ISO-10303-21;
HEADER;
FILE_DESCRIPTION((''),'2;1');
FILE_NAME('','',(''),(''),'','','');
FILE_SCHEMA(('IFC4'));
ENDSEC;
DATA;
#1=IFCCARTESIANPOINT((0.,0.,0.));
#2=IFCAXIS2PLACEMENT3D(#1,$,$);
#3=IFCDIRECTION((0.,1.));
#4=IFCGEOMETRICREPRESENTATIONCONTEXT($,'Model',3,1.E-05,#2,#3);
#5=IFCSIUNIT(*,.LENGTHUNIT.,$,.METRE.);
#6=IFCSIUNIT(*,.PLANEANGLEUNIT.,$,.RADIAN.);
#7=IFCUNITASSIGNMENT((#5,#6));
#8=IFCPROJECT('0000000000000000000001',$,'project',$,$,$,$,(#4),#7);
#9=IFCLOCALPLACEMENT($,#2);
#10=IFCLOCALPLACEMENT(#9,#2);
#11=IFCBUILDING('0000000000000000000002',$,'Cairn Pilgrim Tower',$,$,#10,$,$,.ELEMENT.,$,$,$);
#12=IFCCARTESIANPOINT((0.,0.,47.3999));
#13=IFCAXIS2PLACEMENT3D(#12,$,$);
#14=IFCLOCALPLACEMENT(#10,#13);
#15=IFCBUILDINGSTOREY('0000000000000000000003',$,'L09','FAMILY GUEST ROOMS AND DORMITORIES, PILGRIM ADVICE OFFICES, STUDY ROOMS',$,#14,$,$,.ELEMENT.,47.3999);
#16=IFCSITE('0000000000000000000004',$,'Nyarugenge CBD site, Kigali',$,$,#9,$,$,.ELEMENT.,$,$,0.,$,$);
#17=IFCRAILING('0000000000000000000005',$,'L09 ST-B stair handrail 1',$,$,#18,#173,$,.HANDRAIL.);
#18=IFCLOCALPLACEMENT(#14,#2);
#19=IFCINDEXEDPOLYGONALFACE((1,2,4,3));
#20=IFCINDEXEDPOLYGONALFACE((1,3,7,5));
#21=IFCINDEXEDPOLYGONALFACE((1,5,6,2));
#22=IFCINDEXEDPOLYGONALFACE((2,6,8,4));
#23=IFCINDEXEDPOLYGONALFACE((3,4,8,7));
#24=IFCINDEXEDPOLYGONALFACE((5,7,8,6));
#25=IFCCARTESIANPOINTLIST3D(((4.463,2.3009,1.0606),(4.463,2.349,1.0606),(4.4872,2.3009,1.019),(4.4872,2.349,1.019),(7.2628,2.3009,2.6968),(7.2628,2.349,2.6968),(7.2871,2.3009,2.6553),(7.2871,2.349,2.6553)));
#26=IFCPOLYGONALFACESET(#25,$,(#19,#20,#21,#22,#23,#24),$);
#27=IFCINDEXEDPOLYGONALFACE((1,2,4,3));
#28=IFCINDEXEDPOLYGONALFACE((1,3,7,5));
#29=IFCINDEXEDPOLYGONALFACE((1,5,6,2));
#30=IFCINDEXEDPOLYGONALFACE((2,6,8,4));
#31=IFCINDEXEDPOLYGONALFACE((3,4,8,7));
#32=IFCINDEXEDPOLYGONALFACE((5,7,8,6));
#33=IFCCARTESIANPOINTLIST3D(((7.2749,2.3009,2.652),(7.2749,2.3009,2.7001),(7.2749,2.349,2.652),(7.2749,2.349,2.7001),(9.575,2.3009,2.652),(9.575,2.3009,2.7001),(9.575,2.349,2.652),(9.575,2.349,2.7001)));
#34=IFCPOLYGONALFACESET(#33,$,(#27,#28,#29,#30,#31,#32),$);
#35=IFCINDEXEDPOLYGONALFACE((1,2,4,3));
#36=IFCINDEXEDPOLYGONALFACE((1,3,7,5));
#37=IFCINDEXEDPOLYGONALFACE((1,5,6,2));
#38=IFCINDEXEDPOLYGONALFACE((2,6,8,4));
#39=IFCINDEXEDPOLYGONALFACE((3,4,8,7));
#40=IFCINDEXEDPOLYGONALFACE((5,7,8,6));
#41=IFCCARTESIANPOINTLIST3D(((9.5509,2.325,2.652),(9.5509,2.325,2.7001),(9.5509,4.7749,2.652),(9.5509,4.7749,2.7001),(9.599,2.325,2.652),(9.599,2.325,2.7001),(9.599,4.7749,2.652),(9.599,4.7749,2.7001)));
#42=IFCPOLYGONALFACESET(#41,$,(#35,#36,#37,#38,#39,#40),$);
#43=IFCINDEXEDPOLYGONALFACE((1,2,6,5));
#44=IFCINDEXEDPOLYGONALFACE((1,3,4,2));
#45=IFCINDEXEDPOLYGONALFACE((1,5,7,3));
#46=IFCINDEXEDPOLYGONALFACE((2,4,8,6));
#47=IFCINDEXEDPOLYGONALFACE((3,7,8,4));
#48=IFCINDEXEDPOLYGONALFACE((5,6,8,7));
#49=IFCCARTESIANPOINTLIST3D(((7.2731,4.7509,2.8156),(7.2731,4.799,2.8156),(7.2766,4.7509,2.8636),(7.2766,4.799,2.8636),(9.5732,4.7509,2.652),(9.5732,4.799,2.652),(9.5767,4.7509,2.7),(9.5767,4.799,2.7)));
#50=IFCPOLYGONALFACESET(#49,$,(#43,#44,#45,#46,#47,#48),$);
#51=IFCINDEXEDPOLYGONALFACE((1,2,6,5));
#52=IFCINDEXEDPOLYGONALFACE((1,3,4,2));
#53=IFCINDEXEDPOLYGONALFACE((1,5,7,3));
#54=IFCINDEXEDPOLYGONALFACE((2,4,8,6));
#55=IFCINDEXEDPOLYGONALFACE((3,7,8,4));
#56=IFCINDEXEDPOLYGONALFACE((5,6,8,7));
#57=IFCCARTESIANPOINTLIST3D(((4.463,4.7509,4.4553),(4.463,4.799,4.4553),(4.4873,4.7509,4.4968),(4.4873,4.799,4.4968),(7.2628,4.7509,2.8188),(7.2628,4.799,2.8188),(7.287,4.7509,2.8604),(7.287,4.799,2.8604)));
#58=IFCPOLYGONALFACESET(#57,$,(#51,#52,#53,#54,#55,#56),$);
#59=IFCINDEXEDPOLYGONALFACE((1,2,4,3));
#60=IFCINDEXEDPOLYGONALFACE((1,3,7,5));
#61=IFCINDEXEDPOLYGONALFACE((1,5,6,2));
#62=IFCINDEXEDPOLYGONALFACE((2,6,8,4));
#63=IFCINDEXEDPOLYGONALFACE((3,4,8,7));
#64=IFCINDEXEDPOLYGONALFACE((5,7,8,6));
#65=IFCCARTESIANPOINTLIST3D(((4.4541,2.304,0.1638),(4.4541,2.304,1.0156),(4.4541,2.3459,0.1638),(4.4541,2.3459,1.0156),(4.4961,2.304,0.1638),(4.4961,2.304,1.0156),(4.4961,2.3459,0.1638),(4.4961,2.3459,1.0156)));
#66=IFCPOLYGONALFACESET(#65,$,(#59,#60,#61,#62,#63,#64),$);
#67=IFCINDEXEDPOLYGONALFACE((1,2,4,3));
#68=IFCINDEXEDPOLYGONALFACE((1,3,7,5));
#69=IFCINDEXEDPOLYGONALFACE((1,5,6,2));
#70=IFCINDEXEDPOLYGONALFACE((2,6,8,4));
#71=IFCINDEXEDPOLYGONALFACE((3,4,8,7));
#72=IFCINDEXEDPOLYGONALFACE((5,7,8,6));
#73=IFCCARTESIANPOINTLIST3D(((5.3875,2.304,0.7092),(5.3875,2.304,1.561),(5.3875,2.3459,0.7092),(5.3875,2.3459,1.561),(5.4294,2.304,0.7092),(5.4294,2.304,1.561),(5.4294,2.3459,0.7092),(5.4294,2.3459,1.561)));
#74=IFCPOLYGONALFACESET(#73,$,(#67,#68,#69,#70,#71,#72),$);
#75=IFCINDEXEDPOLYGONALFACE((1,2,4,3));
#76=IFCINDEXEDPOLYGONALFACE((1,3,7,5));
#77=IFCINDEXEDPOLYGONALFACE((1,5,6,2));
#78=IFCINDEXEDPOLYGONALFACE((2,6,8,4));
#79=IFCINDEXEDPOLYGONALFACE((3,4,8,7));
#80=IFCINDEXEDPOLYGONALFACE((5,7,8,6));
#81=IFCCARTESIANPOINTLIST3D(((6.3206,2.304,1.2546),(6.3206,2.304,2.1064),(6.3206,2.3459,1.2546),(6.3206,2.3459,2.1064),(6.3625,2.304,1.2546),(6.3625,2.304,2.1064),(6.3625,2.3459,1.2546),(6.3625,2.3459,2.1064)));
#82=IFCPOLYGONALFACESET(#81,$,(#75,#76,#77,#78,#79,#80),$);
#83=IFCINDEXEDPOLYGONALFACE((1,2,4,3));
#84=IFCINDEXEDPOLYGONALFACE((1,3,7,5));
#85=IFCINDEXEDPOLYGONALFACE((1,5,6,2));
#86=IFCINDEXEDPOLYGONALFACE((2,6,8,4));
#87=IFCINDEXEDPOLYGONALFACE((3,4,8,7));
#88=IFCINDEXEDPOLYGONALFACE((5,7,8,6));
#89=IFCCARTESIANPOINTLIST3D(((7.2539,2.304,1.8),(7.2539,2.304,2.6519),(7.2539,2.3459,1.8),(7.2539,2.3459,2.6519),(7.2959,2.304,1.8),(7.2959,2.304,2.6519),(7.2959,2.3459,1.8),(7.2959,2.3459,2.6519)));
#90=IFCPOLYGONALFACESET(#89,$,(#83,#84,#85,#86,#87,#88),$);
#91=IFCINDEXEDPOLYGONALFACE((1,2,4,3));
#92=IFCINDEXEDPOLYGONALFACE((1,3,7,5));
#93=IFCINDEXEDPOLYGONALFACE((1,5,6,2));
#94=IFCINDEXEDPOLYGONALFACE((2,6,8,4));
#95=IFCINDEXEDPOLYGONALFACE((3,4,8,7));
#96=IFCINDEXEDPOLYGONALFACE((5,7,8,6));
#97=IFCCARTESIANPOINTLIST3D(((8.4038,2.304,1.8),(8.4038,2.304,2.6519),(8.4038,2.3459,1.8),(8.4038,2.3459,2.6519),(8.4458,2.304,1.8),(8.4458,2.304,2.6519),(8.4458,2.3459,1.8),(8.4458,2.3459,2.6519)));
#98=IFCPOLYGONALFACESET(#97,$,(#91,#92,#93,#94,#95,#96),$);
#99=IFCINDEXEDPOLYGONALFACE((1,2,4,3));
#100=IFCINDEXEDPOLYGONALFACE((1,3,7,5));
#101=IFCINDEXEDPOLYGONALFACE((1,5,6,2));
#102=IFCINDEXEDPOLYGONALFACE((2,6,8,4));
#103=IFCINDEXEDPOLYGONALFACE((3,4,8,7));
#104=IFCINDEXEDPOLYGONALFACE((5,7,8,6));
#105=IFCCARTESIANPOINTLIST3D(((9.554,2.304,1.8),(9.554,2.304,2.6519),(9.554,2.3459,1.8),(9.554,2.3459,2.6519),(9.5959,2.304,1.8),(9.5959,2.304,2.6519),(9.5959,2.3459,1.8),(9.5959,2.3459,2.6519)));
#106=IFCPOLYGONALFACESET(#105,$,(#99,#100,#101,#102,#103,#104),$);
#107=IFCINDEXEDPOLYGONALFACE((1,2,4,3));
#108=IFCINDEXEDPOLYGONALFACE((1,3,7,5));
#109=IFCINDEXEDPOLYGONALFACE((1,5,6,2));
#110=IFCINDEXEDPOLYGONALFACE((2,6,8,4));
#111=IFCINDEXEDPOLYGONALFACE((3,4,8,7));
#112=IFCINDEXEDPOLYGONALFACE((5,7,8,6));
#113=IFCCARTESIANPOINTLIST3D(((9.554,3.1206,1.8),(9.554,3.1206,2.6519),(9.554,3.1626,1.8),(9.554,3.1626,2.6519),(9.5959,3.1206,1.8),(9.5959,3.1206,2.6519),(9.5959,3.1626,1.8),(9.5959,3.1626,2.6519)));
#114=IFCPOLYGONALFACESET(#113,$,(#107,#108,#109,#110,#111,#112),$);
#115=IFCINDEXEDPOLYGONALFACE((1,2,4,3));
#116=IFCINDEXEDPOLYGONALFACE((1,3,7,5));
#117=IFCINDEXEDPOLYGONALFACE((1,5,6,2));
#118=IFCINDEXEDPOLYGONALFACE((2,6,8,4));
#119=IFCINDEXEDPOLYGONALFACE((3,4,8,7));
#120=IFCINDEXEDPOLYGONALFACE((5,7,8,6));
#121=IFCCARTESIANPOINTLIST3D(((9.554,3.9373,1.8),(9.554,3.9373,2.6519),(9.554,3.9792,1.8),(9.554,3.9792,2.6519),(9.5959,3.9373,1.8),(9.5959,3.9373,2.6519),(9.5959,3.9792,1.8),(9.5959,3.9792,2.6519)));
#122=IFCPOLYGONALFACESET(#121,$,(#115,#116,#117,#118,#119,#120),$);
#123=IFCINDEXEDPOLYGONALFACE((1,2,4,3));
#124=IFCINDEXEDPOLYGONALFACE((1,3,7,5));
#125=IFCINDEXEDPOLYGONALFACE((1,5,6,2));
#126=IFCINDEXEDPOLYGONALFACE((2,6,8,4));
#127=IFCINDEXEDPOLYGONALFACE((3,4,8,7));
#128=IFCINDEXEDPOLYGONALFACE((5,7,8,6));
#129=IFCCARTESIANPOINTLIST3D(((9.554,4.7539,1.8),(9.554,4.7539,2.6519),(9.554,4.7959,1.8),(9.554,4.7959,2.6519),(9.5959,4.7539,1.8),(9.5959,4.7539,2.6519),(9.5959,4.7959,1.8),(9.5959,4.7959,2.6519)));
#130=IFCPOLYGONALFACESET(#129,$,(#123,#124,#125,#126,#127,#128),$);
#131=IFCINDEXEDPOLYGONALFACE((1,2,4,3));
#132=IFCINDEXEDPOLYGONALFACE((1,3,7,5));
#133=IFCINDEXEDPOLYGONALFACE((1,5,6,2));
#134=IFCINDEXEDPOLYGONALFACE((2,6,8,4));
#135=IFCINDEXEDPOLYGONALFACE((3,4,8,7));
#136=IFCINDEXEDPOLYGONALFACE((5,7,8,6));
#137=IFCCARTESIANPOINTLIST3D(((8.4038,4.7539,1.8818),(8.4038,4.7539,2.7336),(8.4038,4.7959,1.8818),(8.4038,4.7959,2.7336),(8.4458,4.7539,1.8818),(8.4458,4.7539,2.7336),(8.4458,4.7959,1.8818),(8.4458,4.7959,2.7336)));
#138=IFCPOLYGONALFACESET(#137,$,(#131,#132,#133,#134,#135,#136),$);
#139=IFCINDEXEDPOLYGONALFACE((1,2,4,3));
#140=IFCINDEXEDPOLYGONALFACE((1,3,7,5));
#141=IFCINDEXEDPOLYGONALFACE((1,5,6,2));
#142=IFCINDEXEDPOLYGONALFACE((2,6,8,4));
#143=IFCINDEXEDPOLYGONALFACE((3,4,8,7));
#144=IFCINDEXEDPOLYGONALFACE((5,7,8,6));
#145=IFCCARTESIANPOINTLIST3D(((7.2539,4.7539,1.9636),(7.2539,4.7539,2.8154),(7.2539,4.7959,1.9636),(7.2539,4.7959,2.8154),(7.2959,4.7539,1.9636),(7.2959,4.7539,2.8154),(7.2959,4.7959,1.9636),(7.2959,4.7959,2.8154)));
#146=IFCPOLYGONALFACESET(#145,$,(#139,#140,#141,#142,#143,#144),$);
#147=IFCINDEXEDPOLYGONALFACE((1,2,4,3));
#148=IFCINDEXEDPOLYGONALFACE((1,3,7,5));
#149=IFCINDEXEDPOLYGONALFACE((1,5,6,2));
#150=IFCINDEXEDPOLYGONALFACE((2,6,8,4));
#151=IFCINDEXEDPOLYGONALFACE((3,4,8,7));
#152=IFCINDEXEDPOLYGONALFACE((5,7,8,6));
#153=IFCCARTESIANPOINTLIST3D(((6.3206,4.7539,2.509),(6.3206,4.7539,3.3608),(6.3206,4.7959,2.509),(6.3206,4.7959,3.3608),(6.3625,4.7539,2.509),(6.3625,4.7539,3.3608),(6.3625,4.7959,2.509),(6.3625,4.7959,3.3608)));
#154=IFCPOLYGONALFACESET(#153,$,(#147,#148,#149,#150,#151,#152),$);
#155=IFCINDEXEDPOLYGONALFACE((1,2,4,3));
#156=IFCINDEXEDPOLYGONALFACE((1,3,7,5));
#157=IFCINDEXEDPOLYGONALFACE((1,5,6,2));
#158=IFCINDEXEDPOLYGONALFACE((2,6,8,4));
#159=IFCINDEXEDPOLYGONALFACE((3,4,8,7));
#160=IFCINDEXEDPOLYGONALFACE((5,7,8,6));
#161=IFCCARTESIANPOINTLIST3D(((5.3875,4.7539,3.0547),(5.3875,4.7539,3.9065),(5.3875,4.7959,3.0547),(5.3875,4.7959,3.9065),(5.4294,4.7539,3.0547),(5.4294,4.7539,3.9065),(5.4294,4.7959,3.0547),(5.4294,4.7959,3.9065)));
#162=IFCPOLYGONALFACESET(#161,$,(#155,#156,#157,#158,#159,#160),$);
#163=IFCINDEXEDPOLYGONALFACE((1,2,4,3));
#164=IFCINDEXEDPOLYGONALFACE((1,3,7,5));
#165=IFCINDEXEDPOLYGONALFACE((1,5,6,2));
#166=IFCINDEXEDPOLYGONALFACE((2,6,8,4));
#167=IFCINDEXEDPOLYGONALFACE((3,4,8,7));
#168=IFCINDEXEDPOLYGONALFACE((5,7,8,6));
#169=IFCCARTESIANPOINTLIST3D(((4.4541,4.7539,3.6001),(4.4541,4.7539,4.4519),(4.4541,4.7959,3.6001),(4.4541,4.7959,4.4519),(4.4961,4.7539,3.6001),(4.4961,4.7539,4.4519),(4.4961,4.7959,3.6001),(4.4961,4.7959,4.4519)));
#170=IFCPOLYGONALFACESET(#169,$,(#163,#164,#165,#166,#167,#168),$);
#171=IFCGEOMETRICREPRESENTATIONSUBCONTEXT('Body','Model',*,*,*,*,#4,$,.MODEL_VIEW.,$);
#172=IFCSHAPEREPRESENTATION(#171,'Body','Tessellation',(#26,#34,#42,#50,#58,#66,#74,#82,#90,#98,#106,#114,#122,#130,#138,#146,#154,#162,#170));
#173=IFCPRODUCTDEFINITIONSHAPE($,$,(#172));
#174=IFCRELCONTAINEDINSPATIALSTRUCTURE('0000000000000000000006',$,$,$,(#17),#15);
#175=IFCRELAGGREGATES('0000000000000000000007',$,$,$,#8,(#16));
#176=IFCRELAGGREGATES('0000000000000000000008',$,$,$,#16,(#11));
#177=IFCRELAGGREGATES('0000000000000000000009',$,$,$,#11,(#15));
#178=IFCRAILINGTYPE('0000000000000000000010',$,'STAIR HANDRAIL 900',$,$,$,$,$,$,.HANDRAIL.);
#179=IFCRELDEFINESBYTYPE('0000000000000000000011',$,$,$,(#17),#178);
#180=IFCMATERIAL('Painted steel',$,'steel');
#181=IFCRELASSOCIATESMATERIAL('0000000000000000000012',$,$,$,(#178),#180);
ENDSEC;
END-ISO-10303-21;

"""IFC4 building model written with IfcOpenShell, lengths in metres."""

from ifc_helpers import new_model, si_unit, direction, frame, origin, origin_2d, place, context, subcontext, project, spatial, rectangle, extrude, material, type_object, element, save


model = new_model("IFC4")

# Units and contexts
model_context = context("Model", 3, precision=1e-05, world=origin(), true_north=direction((0.0, 1.0)))
body_context = subcontext(model_context, "Body", "Model", "MODEL_VIEW")
ifc_project = project(units=[si_unit("LENGTHUNIT", "METRE"), si_unit("PLANEANGLEUNIT", "RADIAN")], contexts=[model_context])

# Site, building, storey
site_placement = place(None, origin())
site = spatial("IfcSite", under=ifc_project, at=site_placement, Name="Nyarugenge CBD site, Kigali", CompositionType="ELEMENT", RefElevation=0.0)
building_placement = place(site_placement, origin())
building = spatial("IfcBuilding", under=site, at=building_placement, Name="Cairn Pilgrim Tower", CompositionType="ELEMENT")
storey_placement = place(building_placement, frame((0.0, 0.0, 47.3999)))
storey = spatial("IfcBuildingStorey", under=building, at=storey_placement, Name="L09", Description="FAMILY GUEST ROOMS AND DORMITORIES, PILGRIM ADVICE OFFICES, STUDY ROOMS", CompositionType="ELEMENT", Elevation=47.3999)

# Shared definitions
ifc_material_1 = material(Name="Painted steel", Category="steel")

# Railing
railing_type_1 = type_object("IfcRailingType", Name="STAIR HANDRAIL 900", PredefinedType="HANDRAIL", material=ifc_material_1)
railing_1_placement = place(storey_placement, frame((4.4751, 2.325, 0.1638)))
element("IfcRailing", 1, at=railing_1_placement, inside=storey, type_object=railing_type_1, Name="L09 ST-B stair handrail 1", PredefinedType="HANDRAIL", context=body_context, shape_type="SweptSolid", body=[
    extrude(rectangle(XDim=0.0481, YDim=0.0481, at=origin_2d()), frame((0.0, 0.0, 0.876), z_axis=(0.863374, 0.0, 0.504564), x_axis=(0.0, 1.0, 0.0)), (0.0, 0.0, 1.0), 3.2429),
    extrude(rectangle(XDim=0.0481, YDim=0.0481, at=origin_2d()), frame((2.7998, 0.0, 2.5122), z_axis=(1.0, 0.0, 0.0), x_axis=(0.0, 1.0, 0.0)), (0.0, 0.0, 1.0), 2.3),
    extrude(rectangle(XDim=0.0481, YDim=0.0481, at=origin_2d()), frame((5.0999, 0.0, 2.5122), z_axis=(0.0, 1.0, 0.0), x_axis=(-1.0, 0.0, 0.0)), (0.0, 0.0, 1.0), 2.45),
    extrude(rectangle(XDim=0.0481, YDim=0.0481, at=origin_2d()), frame((5.0999, 2.45, 2.5122), z_axis=(-0.997481, 0.0, 0.070939), x_axis=(0.0, -1.0, 0.0)), (0.0, 0.0, 1.0), 2.3059),
    extrude(rectangle(XDim=0.0481, YDim=0.0481, at=origin_2d()), frame((2.7998, 2.45, 2.6758), z_axis=(-0.863342, 0.0, 0.50462), x_axis=(0.0, -1.0, 0.0)), (0.0, 0.0, 1.0), 3.2429),
    extrude(rectangle(XDim=0.042, YDim=0.042, at=origin_2d()), origin(), (0.0, 0.0, 1.0), 0.8518),
    extrude(rectangle(XDim=0.042, YDim=0.042, at=origin_2d()), frame((0.9333, 0.0, 0.5454)), (0.0, 0.0, 1.0), 0.8518),
    extrude(rectangle(XDim=0.042, YDim=0.042, at=origin_2d()), frame((1.8665, 0.0, 1.0908)), (0.0, 0.0, 1.0), 0.8518),
    extrude(rectangle(XDim=0.042, YDim=0.042, at=origin_2d()), frame((2.7998, 0.0, 1.6362)), (0.0, 0.0, 1.0), 0.8518),
    extrude(rectangle(XDim=0.042, YDim=0.042, at=origin_2d()), frame((3.9497, 0.0, 1.6362)), (0.0, 0.0, 1.0), 0.8518),
    extrude(rectangle(XDim=0.042, YDim=0.042, at=origin_2d()), frame((5.0999, 0.0, 1.6362)), (0.0, 0.0, 1.0), 0.8518),
    extrude(rectangle(XDim=0.042, YDim=0.042, at=origin_2d()), frame((5.0999, 0.8167, 1.6362)), (0.0, 0.0, 1.0), 0.8518),
    extrude(rectangle(XDim=0.042, YDim=0.042, at=origin_2d()), frame((5.0999, 1.6333, 1.6362)), (0.0, 0.0, 1.0), 0.8518),
    extrude(rectangle(XDim=0.042, YDim=0.042, at=origin_2d()), frame((5.0999, 2.45, 1.6362)), (0.0, 0.0, 1.0), 0.8518),
    extrude(rectangle(XDim=0.042, YDim=0.042, at=origin_2d()), frame((3.9497, 2.45, 1.718)), (0.0, 0.0, 1.0), 0.8518),
    extrude(rectangle(XDim=0.042, YDim=0.042, at=origin_2d()), frame((2.7998, 2.45, 1.7998)), (0.0, 0.0, 1.0), 0.8518),
    extrude(rectangle(XDim=0.042, YDim=0.042, at=origin_2d()), frame((1.8665, 2.45, 2.3452)), (0.0, 0.0, 1.0), 0.8518),
    extrude(rectangle(XDim=0.042, YDim=0.042, at=origin_2d()), frame((0.9333, 2.45, 2.8909)), (0.0, 0.0, 1.0), 0.8518),
    extrude(rectangle(XDim=0.042, YDim=0.042, at=origin_2d()), frame((0.0, 2.45, 3.4363)), (0.0, 0.0, 1.0), 0.8518),
])

save(model, "model.ifc")
